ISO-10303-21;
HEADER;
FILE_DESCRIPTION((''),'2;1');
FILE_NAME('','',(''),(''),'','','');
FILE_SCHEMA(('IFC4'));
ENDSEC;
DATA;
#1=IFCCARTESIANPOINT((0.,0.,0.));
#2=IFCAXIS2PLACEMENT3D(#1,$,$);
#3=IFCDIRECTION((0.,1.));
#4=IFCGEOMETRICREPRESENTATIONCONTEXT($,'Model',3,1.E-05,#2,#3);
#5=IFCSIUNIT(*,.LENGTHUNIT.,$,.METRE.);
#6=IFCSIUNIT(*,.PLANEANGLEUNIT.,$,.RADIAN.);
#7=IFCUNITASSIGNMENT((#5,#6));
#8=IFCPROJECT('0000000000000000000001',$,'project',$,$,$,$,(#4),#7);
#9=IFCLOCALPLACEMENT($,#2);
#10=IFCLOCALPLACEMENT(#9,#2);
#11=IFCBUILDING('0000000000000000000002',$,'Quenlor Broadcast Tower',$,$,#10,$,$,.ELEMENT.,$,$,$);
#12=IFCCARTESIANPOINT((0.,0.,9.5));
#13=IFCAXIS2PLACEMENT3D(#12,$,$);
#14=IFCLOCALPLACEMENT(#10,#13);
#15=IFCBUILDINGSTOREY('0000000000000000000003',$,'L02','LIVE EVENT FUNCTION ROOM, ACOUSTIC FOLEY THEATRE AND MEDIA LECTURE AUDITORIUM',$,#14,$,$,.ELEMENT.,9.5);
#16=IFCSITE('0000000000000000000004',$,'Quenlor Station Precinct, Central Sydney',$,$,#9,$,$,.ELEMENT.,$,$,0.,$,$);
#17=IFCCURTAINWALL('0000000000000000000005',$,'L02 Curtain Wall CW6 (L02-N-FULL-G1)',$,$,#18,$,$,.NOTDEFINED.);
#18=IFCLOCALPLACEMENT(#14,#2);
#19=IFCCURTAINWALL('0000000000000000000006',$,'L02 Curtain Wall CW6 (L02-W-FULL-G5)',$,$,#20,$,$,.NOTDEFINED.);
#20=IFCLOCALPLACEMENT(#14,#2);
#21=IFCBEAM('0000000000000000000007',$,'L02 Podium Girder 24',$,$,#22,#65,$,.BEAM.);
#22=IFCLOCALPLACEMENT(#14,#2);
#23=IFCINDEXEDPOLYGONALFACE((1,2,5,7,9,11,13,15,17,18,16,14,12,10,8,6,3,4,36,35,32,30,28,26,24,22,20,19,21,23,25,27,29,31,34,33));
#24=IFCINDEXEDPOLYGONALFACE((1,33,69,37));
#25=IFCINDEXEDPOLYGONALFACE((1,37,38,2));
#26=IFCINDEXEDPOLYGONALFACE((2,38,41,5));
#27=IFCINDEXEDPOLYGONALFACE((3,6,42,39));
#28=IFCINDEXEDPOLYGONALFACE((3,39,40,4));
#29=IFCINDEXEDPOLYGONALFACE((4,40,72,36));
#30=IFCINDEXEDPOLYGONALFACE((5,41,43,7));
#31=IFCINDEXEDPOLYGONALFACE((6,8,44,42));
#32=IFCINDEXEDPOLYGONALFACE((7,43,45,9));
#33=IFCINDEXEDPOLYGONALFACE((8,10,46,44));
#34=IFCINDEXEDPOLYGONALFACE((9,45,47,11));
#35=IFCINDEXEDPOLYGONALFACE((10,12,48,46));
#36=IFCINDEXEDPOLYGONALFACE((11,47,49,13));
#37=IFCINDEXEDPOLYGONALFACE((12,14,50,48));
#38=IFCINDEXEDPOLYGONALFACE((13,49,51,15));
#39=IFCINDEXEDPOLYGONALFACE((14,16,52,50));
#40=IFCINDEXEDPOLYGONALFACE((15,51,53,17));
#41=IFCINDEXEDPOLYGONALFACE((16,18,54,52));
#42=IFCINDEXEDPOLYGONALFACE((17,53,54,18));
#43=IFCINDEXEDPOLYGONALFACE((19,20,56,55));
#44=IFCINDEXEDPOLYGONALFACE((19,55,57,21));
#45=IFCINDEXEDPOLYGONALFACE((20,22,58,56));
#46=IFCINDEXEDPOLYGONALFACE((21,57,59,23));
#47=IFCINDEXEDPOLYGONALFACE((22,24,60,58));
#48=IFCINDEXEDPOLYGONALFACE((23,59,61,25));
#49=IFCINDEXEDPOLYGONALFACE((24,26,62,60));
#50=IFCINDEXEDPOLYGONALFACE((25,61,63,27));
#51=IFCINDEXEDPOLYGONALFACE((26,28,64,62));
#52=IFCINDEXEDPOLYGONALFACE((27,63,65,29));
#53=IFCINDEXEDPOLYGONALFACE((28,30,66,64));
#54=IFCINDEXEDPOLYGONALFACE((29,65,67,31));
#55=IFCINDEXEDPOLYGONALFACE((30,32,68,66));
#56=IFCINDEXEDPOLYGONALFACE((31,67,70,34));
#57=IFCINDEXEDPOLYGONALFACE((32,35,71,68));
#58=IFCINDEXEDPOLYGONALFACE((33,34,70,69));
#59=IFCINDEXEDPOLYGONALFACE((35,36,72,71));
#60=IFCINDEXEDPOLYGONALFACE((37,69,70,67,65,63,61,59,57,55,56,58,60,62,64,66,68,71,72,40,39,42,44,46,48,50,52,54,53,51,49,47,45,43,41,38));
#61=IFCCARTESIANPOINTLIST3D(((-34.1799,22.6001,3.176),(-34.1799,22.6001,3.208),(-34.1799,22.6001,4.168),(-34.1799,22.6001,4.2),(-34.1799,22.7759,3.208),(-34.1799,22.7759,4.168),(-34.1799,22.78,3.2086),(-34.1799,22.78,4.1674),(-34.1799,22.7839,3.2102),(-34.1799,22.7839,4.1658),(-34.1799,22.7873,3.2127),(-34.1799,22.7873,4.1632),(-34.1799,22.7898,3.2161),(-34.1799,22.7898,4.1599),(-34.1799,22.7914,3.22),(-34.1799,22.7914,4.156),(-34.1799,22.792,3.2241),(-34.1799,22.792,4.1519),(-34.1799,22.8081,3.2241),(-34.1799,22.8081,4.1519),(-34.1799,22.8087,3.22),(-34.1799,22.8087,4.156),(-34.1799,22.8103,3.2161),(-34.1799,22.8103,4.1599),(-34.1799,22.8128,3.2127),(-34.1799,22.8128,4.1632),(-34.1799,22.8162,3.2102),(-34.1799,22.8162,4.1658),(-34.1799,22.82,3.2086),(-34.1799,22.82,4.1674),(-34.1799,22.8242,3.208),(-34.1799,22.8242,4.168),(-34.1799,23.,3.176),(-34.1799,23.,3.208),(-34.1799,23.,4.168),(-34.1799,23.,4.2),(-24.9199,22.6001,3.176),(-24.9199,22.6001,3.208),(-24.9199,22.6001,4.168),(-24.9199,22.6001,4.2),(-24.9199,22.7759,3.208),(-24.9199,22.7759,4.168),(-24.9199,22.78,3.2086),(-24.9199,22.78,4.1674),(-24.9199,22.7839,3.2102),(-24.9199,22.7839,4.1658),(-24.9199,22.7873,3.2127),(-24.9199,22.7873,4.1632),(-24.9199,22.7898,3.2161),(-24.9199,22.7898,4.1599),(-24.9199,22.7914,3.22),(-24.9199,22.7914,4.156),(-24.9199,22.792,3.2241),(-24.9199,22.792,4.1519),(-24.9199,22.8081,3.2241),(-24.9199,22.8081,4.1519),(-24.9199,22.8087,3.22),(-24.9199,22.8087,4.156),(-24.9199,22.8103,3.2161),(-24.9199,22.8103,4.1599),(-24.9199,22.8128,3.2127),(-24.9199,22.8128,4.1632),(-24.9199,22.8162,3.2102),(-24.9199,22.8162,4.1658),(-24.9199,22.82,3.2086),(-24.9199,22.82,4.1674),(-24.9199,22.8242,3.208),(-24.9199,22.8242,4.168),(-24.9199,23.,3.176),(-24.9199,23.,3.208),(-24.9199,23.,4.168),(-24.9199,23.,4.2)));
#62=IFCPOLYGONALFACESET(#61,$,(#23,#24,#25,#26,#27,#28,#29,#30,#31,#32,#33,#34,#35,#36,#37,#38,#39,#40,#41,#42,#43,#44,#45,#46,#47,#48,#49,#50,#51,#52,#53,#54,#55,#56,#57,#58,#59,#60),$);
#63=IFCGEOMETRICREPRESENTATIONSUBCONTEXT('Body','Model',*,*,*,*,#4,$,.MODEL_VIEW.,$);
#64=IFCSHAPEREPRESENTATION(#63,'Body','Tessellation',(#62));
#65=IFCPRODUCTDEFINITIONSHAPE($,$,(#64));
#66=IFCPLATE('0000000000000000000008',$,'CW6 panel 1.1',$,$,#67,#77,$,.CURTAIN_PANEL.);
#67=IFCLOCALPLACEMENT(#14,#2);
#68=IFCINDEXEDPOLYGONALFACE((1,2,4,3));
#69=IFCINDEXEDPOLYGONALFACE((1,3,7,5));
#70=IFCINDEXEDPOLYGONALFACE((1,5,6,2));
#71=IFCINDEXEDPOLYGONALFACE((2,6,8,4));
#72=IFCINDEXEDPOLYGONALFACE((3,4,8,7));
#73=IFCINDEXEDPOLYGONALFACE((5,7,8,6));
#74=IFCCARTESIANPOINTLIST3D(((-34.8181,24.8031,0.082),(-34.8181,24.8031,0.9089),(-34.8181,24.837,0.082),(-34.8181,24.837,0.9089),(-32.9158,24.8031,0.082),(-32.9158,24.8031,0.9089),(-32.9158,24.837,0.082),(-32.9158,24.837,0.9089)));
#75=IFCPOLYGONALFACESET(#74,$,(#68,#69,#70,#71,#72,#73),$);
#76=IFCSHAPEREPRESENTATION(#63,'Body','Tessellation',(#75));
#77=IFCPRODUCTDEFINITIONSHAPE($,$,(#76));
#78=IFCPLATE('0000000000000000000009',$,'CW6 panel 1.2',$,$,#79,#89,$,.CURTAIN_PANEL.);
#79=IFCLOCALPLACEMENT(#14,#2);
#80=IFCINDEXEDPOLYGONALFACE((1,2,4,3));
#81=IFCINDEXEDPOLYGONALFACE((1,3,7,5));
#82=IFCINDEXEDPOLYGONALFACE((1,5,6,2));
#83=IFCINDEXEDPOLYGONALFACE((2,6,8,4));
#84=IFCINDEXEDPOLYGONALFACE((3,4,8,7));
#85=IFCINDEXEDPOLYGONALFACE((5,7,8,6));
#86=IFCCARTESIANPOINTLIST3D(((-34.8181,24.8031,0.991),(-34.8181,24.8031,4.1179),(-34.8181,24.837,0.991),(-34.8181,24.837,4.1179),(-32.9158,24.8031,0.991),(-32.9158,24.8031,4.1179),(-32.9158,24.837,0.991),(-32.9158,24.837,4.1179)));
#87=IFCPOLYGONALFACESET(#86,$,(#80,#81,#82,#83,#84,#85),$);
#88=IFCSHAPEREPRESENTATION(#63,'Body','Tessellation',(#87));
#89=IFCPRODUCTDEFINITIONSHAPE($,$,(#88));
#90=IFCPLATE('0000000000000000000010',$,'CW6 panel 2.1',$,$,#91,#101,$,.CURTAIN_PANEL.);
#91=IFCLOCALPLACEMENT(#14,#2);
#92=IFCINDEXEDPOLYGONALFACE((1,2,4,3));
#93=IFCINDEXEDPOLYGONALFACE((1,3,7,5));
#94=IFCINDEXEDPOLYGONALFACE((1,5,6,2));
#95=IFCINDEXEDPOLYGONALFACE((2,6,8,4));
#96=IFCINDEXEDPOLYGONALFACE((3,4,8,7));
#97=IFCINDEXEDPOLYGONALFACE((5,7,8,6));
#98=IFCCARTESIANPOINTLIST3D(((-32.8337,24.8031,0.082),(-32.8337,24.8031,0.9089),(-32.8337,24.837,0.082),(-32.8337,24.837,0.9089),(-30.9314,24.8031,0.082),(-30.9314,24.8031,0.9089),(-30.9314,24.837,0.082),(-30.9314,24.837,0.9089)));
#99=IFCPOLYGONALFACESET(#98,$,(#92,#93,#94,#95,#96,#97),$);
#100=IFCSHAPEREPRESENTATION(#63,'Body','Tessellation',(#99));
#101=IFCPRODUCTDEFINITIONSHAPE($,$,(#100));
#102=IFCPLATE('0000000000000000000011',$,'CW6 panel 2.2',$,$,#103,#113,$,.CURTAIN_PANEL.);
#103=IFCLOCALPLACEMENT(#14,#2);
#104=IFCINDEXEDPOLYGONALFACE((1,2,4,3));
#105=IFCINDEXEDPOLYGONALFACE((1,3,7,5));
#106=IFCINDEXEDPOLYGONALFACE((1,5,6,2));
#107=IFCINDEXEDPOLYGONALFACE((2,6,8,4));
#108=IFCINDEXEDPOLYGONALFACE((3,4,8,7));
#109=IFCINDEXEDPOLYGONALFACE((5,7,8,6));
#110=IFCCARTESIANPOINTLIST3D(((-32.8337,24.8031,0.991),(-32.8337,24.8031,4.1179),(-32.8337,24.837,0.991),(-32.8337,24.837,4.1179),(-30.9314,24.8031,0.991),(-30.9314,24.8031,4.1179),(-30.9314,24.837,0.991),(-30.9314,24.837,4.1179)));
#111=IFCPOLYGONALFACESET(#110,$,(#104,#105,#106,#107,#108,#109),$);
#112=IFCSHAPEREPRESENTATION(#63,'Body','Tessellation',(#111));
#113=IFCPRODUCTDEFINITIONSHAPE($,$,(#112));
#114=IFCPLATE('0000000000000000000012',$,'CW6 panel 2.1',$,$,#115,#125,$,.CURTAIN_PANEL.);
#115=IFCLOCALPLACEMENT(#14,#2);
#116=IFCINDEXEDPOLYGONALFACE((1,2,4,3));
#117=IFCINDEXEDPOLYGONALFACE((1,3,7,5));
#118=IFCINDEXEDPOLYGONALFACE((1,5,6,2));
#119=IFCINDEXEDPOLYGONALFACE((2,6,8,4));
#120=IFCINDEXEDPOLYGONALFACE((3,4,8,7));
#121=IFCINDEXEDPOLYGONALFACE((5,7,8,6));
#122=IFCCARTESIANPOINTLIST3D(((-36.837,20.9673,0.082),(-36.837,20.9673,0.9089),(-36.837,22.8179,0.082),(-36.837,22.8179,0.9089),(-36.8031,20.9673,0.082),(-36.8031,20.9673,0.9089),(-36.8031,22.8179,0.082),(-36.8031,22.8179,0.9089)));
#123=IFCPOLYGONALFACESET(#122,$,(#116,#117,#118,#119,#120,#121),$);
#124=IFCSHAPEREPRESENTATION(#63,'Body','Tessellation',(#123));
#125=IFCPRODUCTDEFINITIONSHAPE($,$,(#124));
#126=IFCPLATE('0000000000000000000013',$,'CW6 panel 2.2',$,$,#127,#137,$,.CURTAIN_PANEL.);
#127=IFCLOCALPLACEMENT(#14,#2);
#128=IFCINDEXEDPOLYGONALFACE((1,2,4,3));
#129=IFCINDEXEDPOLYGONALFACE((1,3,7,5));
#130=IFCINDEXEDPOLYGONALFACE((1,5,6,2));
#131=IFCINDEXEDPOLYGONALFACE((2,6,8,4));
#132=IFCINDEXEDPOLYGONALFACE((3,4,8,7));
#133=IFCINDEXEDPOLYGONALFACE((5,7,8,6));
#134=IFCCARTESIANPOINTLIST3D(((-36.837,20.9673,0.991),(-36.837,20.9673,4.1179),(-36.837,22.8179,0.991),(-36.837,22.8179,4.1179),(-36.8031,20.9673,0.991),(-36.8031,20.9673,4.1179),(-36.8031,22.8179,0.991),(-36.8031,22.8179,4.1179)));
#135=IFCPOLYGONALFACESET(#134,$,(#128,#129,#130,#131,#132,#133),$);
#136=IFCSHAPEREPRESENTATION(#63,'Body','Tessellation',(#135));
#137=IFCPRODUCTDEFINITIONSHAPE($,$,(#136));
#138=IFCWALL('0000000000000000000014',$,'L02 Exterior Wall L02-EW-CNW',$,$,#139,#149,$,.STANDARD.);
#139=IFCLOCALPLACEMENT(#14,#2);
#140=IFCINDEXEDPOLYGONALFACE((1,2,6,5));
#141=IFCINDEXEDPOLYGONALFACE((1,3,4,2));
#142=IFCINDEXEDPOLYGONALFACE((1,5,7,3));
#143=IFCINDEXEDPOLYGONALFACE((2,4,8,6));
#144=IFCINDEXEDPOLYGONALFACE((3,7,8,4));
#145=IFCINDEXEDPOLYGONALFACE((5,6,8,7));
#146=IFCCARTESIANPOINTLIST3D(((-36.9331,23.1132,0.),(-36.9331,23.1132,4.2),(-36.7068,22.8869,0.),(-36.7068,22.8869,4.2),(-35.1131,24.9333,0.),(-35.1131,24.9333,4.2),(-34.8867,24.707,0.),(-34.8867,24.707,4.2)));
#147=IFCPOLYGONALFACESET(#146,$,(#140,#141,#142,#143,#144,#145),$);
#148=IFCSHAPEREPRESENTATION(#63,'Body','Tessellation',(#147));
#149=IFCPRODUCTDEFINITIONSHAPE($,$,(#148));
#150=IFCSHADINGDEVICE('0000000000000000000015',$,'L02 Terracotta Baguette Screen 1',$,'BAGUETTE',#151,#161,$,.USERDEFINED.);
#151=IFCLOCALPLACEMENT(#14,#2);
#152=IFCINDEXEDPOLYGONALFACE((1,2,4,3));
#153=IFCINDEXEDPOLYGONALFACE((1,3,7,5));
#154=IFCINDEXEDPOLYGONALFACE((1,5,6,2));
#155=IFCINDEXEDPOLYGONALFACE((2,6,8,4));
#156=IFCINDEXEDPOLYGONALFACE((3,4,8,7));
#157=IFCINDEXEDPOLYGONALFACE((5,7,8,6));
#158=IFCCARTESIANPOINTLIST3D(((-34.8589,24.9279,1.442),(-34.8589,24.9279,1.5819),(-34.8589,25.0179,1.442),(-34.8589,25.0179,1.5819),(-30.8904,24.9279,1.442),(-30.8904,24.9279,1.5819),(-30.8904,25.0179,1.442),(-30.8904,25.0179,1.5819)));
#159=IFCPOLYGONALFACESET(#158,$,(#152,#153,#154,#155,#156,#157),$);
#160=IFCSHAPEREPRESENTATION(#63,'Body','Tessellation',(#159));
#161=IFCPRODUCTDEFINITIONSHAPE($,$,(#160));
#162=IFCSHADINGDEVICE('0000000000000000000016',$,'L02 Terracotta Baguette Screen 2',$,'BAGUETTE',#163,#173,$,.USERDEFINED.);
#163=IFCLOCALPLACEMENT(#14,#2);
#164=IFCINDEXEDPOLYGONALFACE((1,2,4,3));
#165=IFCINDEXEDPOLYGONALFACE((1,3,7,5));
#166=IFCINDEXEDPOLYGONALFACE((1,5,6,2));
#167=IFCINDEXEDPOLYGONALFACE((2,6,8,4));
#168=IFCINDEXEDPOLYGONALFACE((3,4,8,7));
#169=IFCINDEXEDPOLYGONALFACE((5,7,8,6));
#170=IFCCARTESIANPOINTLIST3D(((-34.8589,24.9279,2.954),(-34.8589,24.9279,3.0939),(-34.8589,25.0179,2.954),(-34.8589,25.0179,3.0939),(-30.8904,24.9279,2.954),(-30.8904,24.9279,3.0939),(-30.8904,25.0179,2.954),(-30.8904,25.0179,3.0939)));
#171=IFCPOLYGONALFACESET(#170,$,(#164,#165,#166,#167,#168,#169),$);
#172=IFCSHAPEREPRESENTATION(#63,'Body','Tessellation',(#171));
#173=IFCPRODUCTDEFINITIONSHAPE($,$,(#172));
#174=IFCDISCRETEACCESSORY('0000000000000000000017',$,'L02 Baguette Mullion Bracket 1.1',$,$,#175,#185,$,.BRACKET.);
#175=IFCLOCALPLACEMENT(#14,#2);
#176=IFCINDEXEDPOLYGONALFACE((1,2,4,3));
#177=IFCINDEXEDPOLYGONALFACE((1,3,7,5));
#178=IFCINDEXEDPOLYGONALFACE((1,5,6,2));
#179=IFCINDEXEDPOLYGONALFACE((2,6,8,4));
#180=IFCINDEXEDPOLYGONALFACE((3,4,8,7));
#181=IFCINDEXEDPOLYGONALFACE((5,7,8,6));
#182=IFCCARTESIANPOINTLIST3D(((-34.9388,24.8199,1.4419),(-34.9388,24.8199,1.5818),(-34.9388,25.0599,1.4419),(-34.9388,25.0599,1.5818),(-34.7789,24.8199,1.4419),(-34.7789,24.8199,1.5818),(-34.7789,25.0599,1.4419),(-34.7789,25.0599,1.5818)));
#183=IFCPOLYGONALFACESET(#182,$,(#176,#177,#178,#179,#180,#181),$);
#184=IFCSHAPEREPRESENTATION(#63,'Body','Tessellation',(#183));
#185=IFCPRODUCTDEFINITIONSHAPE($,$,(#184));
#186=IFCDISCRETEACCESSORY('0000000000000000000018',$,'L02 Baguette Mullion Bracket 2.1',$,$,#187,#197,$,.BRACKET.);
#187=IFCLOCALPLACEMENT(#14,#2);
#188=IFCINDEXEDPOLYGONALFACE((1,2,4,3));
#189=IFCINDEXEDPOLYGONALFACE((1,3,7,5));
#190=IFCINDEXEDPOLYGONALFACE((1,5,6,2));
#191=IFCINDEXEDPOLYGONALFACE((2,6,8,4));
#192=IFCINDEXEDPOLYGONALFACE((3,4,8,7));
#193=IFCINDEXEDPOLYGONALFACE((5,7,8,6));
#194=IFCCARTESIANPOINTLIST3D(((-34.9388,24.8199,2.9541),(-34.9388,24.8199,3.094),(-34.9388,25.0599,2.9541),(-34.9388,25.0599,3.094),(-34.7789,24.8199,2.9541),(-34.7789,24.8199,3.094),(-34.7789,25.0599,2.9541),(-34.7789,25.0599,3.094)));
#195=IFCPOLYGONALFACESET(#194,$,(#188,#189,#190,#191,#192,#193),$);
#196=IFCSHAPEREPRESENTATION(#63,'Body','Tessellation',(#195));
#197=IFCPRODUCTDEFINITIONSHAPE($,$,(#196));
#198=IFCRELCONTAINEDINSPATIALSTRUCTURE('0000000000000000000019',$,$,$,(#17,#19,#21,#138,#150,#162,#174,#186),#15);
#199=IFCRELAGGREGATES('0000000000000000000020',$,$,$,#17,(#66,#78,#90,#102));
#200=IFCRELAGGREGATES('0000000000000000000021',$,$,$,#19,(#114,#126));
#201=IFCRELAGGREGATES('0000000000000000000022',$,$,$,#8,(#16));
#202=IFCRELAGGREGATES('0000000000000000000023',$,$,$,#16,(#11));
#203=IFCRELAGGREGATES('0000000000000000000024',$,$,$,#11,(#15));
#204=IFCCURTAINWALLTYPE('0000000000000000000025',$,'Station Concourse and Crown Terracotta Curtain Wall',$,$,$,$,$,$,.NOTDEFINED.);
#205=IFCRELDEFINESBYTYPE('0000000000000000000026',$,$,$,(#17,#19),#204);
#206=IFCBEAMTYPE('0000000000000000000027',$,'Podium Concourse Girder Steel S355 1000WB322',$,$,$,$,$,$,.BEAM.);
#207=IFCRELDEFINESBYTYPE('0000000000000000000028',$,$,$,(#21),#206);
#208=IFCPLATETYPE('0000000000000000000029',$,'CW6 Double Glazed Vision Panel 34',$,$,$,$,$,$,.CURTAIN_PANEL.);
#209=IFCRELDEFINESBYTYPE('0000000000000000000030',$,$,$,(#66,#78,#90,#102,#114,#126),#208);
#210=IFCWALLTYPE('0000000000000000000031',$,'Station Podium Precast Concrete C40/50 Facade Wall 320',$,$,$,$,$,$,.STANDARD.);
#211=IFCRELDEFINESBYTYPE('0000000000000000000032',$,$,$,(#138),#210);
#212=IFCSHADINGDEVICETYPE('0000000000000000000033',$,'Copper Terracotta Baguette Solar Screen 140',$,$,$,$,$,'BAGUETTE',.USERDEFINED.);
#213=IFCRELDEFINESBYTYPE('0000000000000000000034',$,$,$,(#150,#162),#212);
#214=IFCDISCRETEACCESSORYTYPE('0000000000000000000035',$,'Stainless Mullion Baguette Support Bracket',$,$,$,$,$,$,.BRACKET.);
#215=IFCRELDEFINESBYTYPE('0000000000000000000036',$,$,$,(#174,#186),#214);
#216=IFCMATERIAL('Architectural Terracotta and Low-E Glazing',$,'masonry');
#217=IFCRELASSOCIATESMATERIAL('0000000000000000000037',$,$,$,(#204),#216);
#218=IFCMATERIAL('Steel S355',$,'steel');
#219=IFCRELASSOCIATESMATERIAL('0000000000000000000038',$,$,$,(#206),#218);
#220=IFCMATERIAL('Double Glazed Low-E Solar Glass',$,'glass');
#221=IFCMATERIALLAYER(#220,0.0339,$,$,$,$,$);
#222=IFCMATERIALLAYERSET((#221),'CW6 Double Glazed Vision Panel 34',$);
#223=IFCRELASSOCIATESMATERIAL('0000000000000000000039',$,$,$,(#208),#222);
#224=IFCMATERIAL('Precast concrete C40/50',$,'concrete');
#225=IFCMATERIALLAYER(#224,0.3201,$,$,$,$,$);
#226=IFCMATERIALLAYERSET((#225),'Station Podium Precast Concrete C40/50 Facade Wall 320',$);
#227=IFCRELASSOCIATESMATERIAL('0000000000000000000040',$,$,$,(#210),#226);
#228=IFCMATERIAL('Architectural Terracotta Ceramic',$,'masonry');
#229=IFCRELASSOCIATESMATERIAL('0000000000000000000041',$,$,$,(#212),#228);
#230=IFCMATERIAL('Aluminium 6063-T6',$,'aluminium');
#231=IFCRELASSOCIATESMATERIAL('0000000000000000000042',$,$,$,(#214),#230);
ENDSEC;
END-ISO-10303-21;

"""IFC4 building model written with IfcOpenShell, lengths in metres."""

from ifc_helpers import new_model, si_unit, direction, frame, frame_2d, origin, origin_2d, place, context, subcontext, project, spatial, rectangle, i_section, extrude, material, layer, layer_set, material_profile, profile_set, type_object, element, aggregate, save


model = new_model("IFC4")

# Units and contexts
model_context = context("Model", 3, precision=1e-05, world=origin(), true_north=direction((0.0, 1.0)))
body_context = subcontext(model_context, "Body", "Model", "MODEL_VIEW")
ifc_project = project(units=[si_unit("LENGTHUNIT", "METRE"), si_unit("PLANEANGLEUNIT", "RADIAN")], contexts=[model_context])

# Site, building, storey
site_placement = place(None, origin())
site = spatial("IfcSite", under=ifc_project, at=site_placement, Name="Quenlor Station Precinct, Central Sydney", CompositionType="ELEMENT", RefElevation=0.0)
building_placement = place(site_placement, origin())
building = spatial("IfcBuilding", under=site, at=building_placement, Name="Quenlor Broadcast Tower", CompositionType="ELEMENT")
storey_placement = place(building_placement, frame((0.0, 0.0, 9.5)))
storey = spatial("IfcBuildingStorey", under=building, at=storey_placement, Name="L02", Description="LIVE EVENT FUNCTION ROOM, ACOUSTIC FOLEY THEATRE AND MEDIA LECTURE AUDITORIUM", CompositionType="ELEMENT", Elevation=9.5)

# Curtain walls
ifc_material_1 = material(Name="Architectural Terracotta and Low-E Glazing", Category="masonry")
curtain_wall_type = type_object("IfcCurtainWallType", Name="Station Concourse and Crown Terracotta Curtain Wall", PredefinedType="NOTDEFINED", material=ifc_material_1)
curtain_wall_1_placement = place(storey_placement, origin())
curtain_wall_1 = element("IfcCurtainWall", 1, at=curtain_wall_1_placement, inside=storey, type_object=curtain_wall_type, Name="L02 Curtain Wall CW6 (L02-N-FULL-G1)", PredefinedType="NOTDEFINED")
curtain_wall_2_placement = place(storey_placement, origin())
curtain_wall_2 = element("IfcCurtainWall", 2, at=curtain_wall_2_placement, inside=storey, type_object=curtain_wall_type, Name="L02 Curtain Wall CW6 (L02-W-FULL-G5)", PredefinedType="NOTDEFINED")

# Beam
ifc_material_2 = material(Name="Steel S355", Category="steel")
ifc_material_profile_1 = material_profile(ifc_material_2, i_section(OverallWidth=0.3999, OverallDepth=1.0239, WebThickness=0.0161, FlangeThickness=0.032, FilletRadius=0.0161, at=origin_2d()))
ifc_profile_set_1 = profile_set([ifc_material_profile_1], Name="Steel S355 1000WB322")
beam_type = type_object("IfcBeamType", Name="Podium Concourse Girder Steel S355 1000WB322", PredefinedType="BEAM", material=ifc_profile_set_1)
beam_placement = place(storey_placement, frame((-34.1799, 22.8, 3.688), z_axis=(1.0, 0.0, 0.0), x_axis=(0.0, 1.0, 0.0)))
element("IfcBeam", 3, at=beam_placement, inside=storey, type_object=beam_type, Name="L02 Podium Girder 24", PredefinedType="BEAM", context=body_context, shape_type="SweptSolid", body=[
    extrude(i_section(OverallWidth=0.3999, OverallDepth=1.0239, WebThickness=0.0161, FlangeThickness=0.032, FilletRadius=0.0161, at=origin_2d()), origin(), (0.0, 0.0, 1.0), 9.26),
])

# Plates
ifc_material_3 = material(Name="Double Glazed Low-E Solar Glass", Category="glass")
ifc_layer_1 = layer(ifc_material_3, 0.0339)
ifc_layer_set_1 = layer_set([ifc_layer_1], Name="CW6 Double Glazed Vision Panel 34")
plate_type = type_object("IfcPlateType", Name="CW6 Double Glazed Vision Panel 34", PredefinedType="CURTAIN_PANEL", material=ifc_layer_set_1)
plate_1_placement = place(storey_placement, frame((-33.8669, 24.8201, 0.082), z_axis=(0.0, 0.0, 1.0), x_axis=(1.0, 0.0, 0.0)))
plate_1 = element("IfcPlate", 4, at=plate_1_placement, type_object=plate_type, Name="CW6 panel 1.1", PredefinedType="CURTAIN_PANEL", context=body_context, shape_type="SweptSolid", body=[
    extrude(rectangle(XDim=1.9023, YDim=0.0339, at=origin_2d()), origin(), (0.0, 0.0, 1.0), 0.8269),
])
plate_2_placement = place(storey_placement, frame((-33.8669, 24.8201, 0.991), z_axis=(0.0, 0.0, 1.0), x_axis=(1.0, 0.0, 0.0)))
plate_2 = element("IfcPlate", 5, at=plate_2_placement, type_object=plate_type, Name="CW6 panel 1.2", PredefinedType="CURTAIN_PANEL", context=body_context, shape_type="SweptSolid", body=[
    extrude(rectangle(XDim=1.9023, YDim=0.0339, at=origin_2d()), origin(), (0.0, 0.0, 1.0), 3.127),
])
plate_3_placement = place(storey_placement, frame((-31.8826, 24.8201, 0.082), z_axis=(0.0, 0.0, 1.0), x_axis=(1.0, 0.0, 0.0)))
plate_3 = element("IfcPlate", 6, at=plate_3_placement, type_object=plate_type, Name="CW6 panel 2.1", PredefinedType="CURTAIN_PANEL", context=body_context, shape_type="SweptSolid", body=[
    extrude(rectangle(XDim=1.9023, YDim=0.0339, at=origin_2d()), origin(), (0.0, 0.0, 1.0), 0.8269),
])
plate_4_placement = place(storey_placement, frame((-31.8826, 24.8201, 0.991), z_axis=(0.0, 0.0, 1.0), x_axis=(1.0, 0.0, 0.0)))
plate_4 = element("IfcPlate", 7, at=plate_4_placement, type_object=plate_type, Name="CW6 panel 2.2", PredefinedType="CURTAIN_PANEL", context=body_context, shape_type="SweptSolid", body=[
    extrude(rectangle(XDim=1.9023, YDim=0.0339, at=origin_2d()), origin(), (0.0, 0.0, 1.0), 3.127),
])
aggregate(curtain_wall_1, [plate_1, plate_2, plate_3, plate_4])
plate_5_placement = place(storey_placement, frame((-36.8201, 21.8926, 0.082), z_axis=(0.0, 0.0, 1.0), x_axis=(0.0, 1.0, 0.0)))
plate_5 = element("IfcPlate", 8, at=plate_5_placement, type_object=plate_type, Name="CW6 panel 2.1", PredefinedType="CURTAIN_PANEL", context=body_context, shape_type="SweptSolid", body=[
    extrude(rectangle(XDim=1.8506, YDim=0.0339, at=origin_2d()), origin(), (0.0, 0.0, 1.0), 0.8269),
])
plate_6_placement = place(storey_placement, frame((-36.8201, 21.8926, 0.991), z_axis=(0.0, 0.0, 1.0), x_axis=(0.0, 1.0, 0.0)))
plate_6 = element("IfcPlate", 9, at=plate_6_placement, type_object=plate_type, Name="CW6 panel 2.2", PredefinedType="CURTAIN_PANEL", context=body_context, shape_type="SweptSolid", body=[
    extrude(rectangle(XDim=1.8506, YDim=0.0339, at=origin_2d()), origin(), (0.0, 0.0, 1.0), 3.127),
])
aggregate(curtain_wall_2, [plate_5, plate_6])

# Wall
ifc_material_4 = material(Name="Precast concrete C40/50", Category="concrete")
ifc_layer_2 = layer(ifc_material_4, 0.3201)
ifc_layer_set_2 = layer_set([ifc_layer_2], Name="Station Podium Precast Concrete C40/50 Facade Wall 320")
wall_type = type_object("IfcWallType", Name="Station Podium Precast Concrete C40/50 Facade Wall 320", PredefinedType="STANDARD", material=ifc_layer_set_2)
wall_placement = place(storey_placement, frame((-36.8201, 23.0, 0.0), z_axis=(0.0, 0.0, 1.0), x_axis=(0.707107, 0.707107, 0.0)))
element("IfcWall", 10, at=wall_placement, inside=storey, type_object=wall_type, Name="L02 Exterior Wall L02-EW-CNW", PredefinedType="STANDARD", context=body_context, shape_type="SweptSolid", body=[
    extrude(rectangle(XDim=2.574, YDim=0.3201, at=frame_2d((1.2871, 0.0))), origin(), (0.0, 0.0, 1.0), 4.2),
])

# Shading devices
ifc_material_5 = material(Name="Architectural Terracotta Ceramic", Category="masonry")
ifc_material_profile_2 = material_profile(ifc_material_5, rectangle(XDim=0.0901, YDim=0.1399, at=origin_2d()))
ifc_profile_set_2 = profile_set([ifc_material_profile_2], Name="Architectural Terracotta Ceramic BAG90x140")
shading_device_type = type_object("IfcShadingDeviceType", Name="Copper Terracotta Baguette Solar Screen 140", ElementType="BAGUETTE", PredefinedType="USERDEFINED", material=ifc_profile_set_2)
for number, where, z_axis, x_axis, name in (
    (11, (-34.8589, 24.9729, 1.512), (1.0, 0.0, 0.0), (0.0, 1.0, 0.0), "L02 Terracotta Baguette Screen 1"),
    (12, (-34.8589, 24.9729, 3.0239), (1.0, 0.0, 0.0), (0.0, 1.0, 0.0), "L02 Terracotta Baguette Screen 2"),
):
    element("IfcShadingDevice", number, at=place(storey_placement, frame(where, z_axis=z_axis, x_axis=x_axis)), inside=storey, type_object=shading_device_type, Name=name, ObjectType="BAGUETTE", PredefinedType="USERDEFINED", context=body_context, shape_type="SweptSolid", body=[
        extrude(rectangle(XDim=0.0901, YDim=0.1399, at=origin_2d()), origin(), (0.0, 0.0, 1.0), 3.9685),
    ])

# Discrete accessories
ifc_material_6 = material(Name="Aluminium 6063-T6", Category="aluminium")
discrete_accessory_type = type_object("IfcDiscreteAccessoryType", Name="Stainless Mullion Baguette Support Bracket", PredefinedType="BRACKET", material=ifc_material_6)
for number, where, z_axis, x_axis, name in (
    (13, (-34.8589, 24.9399, 1.4419), (0.0, 0.0, 1.0), (1.0, 0.0, 0.0), "L02 Baguette Mullion Bracket 1.1"),
    (14, (-34.8589, 24.9399, 2.9541), (0.0, 0.0, 1.0), (1.0, 0.0, 0.0), "L02 Baguette Mullion Bracket 2.1"),
):
    element("IfcDiscreteAccessory", number, at=place(storey_placement, frame(where, z_axis=z_axis, x_axis=x_axis)), inside=storey, type_object=discrete_accessory_type, Name=name, PredefinedType="BRACKET", context=body_context, shape_type="SweptSolid", body=[
        extrude(rectangle(XDim=0.1599, YDim=0.24, at=origin_2d()), origin(), (0.0, 0.0, 1.0), 0.1399),
    ])

save(model, "model.ifc")
